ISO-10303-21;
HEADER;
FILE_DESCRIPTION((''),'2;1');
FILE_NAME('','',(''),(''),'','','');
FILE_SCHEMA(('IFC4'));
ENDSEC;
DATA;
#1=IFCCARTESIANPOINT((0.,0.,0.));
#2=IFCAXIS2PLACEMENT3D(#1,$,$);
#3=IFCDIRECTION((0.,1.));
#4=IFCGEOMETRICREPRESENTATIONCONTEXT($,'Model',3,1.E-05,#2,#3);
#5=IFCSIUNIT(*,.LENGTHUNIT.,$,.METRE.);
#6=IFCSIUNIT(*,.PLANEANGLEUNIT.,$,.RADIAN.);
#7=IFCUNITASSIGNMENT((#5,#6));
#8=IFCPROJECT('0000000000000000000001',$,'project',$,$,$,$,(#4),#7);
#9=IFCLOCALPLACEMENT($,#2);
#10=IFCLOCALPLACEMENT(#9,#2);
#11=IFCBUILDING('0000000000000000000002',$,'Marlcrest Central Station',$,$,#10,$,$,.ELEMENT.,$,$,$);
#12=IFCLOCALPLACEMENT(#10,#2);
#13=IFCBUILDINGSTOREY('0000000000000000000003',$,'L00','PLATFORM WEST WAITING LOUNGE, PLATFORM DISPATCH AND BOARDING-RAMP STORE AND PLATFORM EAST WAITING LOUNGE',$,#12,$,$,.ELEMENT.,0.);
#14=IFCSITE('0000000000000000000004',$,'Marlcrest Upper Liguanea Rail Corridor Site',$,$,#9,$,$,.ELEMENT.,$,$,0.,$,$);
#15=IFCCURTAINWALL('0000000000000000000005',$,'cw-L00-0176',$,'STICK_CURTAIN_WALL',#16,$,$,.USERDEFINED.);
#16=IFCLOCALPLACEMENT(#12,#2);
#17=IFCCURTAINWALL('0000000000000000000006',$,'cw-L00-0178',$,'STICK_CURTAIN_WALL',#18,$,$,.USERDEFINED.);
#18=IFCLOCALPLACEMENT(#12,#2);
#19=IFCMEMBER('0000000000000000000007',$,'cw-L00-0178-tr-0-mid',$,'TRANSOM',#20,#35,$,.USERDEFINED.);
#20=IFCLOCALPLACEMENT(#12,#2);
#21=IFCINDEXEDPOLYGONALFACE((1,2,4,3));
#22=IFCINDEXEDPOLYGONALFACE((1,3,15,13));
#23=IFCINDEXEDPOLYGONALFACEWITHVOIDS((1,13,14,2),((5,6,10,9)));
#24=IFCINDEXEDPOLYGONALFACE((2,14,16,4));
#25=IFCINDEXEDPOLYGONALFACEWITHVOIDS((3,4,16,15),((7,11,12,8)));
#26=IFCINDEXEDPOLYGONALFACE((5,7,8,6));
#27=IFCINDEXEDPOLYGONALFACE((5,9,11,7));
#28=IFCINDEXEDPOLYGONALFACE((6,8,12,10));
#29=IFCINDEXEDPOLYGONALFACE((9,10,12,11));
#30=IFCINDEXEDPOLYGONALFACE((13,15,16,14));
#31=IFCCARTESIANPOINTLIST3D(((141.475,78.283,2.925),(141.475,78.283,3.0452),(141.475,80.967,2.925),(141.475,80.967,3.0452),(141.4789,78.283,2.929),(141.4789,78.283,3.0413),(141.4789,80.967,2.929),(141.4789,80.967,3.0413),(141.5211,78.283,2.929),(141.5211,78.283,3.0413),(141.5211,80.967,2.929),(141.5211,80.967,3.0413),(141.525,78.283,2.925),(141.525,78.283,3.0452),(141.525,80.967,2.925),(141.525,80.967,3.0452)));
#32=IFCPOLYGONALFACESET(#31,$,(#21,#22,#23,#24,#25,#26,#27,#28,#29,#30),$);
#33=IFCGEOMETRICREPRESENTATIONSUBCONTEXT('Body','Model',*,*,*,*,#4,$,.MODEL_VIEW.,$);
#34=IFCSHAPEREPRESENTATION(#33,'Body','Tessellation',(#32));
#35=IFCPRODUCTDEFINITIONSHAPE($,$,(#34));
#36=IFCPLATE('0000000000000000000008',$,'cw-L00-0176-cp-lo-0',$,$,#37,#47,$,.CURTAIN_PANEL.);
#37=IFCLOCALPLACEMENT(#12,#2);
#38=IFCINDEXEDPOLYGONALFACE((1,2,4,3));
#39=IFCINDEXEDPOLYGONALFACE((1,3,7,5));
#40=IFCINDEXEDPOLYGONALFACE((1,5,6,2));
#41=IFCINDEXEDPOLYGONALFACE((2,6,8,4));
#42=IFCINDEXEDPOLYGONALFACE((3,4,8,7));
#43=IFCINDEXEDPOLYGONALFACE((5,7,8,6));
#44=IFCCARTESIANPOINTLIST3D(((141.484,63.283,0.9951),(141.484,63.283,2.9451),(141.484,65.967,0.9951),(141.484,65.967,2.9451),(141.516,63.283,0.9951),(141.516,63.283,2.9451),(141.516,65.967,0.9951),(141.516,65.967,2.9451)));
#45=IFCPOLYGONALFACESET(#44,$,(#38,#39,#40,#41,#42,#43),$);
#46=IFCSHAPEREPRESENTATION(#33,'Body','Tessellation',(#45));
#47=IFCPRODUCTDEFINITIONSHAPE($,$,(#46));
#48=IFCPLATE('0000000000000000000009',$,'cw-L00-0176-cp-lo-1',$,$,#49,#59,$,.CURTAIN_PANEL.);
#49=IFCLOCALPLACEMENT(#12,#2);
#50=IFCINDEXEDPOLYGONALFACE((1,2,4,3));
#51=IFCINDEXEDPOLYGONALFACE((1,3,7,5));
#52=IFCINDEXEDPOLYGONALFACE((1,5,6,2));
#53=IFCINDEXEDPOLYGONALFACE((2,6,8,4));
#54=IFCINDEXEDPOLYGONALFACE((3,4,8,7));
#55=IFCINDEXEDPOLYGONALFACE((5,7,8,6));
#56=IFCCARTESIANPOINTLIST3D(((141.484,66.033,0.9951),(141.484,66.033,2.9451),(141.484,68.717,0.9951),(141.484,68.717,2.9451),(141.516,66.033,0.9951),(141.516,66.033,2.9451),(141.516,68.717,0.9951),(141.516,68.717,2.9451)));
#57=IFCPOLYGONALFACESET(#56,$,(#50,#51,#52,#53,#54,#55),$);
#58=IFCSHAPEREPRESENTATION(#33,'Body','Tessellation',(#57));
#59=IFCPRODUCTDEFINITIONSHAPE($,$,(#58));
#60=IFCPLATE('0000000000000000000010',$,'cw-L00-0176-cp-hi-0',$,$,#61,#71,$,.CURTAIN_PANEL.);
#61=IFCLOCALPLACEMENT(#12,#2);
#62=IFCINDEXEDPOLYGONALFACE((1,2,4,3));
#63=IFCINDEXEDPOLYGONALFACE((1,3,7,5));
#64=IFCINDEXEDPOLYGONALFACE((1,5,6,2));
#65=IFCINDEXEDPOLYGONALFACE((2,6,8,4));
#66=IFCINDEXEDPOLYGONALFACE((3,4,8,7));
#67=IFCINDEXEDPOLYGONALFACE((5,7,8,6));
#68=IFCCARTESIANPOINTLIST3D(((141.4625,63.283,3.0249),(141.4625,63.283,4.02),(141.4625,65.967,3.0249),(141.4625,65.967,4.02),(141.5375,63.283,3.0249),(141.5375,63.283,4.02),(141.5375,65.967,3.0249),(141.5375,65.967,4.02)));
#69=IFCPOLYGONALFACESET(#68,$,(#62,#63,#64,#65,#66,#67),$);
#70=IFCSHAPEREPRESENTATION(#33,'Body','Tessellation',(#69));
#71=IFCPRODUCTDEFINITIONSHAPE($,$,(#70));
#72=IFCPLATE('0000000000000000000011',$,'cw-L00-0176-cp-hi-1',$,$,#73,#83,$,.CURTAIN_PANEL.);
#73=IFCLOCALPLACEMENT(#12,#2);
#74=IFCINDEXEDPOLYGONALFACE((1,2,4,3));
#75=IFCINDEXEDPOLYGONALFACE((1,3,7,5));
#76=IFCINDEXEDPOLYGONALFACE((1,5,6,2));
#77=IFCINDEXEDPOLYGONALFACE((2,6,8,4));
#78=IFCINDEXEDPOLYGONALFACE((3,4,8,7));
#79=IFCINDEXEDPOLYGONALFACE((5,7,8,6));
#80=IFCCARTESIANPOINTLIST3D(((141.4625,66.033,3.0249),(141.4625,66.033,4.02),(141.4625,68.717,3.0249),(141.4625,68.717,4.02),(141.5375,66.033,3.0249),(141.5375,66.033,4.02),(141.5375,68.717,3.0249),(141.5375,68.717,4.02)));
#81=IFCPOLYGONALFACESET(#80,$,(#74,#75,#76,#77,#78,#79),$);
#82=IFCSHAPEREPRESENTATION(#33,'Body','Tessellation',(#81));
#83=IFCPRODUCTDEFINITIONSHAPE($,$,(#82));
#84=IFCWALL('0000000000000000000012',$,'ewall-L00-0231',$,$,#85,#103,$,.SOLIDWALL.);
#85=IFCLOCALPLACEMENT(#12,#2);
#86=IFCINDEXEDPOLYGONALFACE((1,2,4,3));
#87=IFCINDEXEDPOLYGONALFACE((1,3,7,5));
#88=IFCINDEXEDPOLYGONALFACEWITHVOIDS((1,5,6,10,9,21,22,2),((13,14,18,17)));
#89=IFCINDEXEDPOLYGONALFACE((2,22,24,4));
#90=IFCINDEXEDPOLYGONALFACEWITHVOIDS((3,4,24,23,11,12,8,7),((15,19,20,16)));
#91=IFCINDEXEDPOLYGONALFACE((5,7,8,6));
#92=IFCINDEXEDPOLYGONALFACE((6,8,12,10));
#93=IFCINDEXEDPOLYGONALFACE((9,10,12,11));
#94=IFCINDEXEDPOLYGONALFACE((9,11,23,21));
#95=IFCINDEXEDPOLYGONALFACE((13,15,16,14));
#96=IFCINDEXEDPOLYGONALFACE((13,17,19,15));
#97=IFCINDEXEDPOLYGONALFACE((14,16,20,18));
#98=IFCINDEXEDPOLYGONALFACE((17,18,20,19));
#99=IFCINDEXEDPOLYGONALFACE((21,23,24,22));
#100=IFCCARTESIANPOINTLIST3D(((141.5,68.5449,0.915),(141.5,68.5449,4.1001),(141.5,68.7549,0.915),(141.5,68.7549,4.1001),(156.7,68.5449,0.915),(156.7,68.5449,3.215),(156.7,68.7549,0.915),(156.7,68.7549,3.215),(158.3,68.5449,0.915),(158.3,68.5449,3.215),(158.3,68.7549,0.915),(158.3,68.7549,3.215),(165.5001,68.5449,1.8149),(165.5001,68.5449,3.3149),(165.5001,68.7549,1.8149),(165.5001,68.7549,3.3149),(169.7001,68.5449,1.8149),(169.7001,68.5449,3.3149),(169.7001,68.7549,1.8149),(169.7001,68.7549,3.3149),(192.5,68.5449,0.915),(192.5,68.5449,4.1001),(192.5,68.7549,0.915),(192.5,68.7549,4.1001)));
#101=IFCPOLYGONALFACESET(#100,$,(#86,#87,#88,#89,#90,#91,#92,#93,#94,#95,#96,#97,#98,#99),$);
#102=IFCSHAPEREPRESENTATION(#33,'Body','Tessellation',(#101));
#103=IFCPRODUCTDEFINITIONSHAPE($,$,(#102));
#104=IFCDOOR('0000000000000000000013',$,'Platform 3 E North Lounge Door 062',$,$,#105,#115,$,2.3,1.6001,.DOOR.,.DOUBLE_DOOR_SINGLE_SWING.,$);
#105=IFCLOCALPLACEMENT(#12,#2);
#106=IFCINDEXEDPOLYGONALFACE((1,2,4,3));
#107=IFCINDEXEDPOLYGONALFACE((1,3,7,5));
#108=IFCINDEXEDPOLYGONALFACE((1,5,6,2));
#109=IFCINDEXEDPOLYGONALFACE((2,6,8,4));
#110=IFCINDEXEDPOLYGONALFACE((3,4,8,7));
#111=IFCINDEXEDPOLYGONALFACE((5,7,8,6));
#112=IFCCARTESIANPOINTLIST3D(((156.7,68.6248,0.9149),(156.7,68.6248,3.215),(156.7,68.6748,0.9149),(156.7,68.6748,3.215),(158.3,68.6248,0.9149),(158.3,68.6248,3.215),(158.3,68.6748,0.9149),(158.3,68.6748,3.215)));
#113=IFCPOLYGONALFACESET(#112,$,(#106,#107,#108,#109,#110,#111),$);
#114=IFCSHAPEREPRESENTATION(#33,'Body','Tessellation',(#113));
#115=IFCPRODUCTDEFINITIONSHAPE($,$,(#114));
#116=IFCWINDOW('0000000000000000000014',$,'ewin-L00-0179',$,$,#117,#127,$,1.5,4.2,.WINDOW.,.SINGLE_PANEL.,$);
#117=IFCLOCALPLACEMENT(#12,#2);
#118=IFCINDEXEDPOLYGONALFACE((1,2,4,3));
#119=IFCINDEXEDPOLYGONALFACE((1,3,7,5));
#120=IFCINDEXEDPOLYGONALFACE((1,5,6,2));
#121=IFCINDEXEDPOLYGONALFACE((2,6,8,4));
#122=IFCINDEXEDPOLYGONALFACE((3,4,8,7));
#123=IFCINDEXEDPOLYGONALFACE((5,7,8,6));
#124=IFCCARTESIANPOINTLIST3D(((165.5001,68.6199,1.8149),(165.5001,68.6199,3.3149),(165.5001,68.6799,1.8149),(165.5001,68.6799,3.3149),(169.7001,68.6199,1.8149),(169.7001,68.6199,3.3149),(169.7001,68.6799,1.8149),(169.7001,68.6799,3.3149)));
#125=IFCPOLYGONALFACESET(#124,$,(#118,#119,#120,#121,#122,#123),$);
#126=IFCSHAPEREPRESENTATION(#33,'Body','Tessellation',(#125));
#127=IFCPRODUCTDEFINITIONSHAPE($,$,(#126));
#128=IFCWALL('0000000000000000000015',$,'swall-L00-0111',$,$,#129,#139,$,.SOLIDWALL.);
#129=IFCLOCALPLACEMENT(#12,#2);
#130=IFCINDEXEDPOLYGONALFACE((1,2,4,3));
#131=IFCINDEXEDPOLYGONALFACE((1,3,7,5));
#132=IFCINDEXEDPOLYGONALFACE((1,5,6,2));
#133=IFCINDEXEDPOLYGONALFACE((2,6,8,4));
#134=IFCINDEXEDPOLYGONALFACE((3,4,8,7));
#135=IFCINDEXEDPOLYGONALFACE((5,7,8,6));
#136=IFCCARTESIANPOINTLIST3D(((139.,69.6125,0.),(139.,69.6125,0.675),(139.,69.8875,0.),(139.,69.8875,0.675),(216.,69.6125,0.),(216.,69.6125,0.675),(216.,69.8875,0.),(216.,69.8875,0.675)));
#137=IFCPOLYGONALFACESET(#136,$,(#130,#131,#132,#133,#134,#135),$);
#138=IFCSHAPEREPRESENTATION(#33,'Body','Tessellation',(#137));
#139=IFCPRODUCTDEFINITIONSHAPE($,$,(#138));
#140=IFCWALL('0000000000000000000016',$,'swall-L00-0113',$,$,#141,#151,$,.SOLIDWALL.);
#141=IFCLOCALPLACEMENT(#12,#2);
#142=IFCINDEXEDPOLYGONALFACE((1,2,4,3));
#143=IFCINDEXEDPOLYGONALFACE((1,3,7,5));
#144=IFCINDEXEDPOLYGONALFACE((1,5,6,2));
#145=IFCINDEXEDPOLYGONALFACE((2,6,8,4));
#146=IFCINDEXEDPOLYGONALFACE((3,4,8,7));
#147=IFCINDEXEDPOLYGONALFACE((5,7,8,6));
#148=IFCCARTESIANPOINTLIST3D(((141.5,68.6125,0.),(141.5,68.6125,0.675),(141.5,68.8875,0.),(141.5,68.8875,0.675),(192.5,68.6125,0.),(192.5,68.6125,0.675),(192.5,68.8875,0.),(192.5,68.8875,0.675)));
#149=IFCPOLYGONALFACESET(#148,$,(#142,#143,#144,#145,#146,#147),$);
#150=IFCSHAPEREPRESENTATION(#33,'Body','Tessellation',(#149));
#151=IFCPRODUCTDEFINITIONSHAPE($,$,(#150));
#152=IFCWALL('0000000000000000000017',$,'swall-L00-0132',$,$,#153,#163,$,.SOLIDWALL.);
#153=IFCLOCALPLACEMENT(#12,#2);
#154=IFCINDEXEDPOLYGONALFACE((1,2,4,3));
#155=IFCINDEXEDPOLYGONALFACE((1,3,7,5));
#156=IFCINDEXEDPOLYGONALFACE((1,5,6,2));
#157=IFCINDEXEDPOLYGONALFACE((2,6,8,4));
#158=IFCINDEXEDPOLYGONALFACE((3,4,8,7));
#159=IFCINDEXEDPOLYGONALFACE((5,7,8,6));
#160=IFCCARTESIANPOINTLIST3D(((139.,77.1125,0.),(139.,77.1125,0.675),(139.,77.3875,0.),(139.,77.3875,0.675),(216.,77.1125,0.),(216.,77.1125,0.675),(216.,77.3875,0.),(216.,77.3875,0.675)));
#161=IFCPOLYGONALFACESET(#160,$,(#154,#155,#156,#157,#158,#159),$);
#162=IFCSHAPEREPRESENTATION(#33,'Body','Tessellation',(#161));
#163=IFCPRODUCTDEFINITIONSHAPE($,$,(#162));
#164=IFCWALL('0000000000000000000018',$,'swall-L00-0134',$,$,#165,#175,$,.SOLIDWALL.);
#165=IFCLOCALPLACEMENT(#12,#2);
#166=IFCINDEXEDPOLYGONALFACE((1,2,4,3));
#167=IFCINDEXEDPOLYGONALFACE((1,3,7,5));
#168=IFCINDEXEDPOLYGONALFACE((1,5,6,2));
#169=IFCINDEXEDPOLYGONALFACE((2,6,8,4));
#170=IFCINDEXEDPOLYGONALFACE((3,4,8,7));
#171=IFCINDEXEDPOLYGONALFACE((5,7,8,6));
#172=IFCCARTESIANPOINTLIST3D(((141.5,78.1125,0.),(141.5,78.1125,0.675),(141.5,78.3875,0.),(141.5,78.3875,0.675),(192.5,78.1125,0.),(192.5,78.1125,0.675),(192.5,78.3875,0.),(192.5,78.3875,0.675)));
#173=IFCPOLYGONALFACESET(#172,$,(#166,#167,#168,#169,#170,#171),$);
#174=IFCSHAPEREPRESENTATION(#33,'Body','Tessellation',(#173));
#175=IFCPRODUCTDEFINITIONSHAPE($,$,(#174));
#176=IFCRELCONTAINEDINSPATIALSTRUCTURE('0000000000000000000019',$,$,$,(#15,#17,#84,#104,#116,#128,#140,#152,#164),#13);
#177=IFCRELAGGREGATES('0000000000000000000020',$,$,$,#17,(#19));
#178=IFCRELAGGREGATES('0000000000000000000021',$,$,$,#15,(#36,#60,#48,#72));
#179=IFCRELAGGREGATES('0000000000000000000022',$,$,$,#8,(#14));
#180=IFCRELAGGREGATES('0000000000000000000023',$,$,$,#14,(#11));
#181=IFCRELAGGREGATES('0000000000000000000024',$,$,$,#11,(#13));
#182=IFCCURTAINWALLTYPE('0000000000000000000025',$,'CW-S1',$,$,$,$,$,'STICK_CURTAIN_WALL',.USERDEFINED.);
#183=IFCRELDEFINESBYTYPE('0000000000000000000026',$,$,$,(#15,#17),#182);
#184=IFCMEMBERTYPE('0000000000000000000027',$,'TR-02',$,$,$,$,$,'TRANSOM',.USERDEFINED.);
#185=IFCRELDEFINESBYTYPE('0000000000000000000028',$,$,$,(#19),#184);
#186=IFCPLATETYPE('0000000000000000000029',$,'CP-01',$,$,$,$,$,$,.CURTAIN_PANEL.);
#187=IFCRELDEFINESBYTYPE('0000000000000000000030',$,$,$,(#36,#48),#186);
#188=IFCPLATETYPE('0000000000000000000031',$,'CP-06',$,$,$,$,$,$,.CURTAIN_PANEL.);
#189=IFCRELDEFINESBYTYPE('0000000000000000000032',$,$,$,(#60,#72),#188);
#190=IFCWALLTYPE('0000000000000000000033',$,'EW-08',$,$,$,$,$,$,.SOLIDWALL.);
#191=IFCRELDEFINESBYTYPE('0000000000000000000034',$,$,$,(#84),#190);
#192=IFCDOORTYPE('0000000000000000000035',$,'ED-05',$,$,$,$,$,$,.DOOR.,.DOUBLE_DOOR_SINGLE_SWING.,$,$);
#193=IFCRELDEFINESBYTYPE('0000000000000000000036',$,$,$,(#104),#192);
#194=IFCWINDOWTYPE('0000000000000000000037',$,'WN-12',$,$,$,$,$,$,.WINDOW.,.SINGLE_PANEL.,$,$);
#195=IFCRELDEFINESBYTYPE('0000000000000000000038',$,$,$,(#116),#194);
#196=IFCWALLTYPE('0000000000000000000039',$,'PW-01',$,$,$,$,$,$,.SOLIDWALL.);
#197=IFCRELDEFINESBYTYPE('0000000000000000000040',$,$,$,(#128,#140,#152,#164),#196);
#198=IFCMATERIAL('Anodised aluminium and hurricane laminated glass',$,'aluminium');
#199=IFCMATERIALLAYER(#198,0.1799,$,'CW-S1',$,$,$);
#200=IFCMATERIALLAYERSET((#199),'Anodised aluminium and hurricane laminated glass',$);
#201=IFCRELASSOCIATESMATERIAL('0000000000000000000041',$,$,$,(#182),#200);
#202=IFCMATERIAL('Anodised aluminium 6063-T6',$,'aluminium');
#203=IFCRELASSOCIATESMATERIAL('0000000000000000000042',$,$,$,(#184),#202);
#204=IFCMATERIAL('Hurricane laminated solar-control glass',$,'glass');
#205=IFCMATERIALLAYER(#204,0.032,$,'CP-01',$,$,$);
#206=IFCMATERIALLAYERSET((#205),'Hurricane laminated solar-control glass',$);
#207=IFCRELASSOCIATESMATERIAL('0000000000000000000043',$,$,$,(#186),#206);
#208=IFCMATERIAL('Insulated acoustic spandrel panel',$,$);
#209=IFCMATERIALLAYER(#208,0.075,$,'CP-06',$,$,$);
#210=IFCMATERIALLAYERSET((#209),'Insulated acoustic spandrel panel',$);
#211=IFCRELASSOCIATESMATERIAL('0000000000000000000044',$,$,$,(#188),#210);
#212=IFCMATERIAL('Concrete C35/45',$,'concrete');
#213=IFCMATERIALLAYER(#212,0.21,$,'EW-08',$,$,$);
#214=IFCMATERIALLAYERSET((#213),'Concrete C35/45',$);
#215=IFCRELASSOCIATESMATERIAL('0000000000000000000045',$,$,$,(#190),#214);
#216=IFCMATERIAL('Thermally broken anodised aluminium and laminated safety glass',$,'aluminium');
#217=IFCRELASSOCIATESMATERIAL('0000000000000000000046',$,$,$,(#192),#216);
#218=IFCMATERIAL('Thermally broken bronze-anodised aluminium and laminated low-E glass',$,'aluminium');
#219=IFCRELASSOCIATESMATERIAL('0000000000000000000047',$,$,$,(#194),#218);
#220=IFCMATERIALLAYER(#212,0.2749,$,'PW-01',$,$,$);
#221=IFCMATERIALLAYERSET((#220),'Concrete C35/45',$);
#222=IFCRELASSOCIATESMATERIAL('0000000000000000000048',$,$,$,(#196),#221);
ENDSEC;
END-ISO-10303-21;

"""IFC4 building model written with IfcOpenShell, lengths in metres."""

from ifc_helpers import new_model, si_unit, direction, frame, frame_2d, origin, origin_2d, place, context, subcontext, project, spatial, rectangle, hollow_rectangle, extrude, material, layer, layer_set, material_profile, profile_set, type_object, element, fill, aggregate, save


model = new_model("IFC4")

# Units and contexts
model_context = context("Model", 3, precision=1e-05, world=origin(), true_north=direction((0.0, 1.0)))
body_context = subcontext(model_context, "Body", "Model", "MODEL_VIEW")
ifc_project = project(units=[si_unit("LENGTHUNIT", "METRE"), si_unit("PLANEANGLEUNIT", "RADIAN")], contexts=[model_context])

# Site, building, storey
site_placement = place(None, origin())
site = spatial("IfcSite", under=ifc_project, at=site_placement, Name="Marlcrest Upper Liguanea Rail Corridor Site", CompositionType="ELEMENT", RefElevation=0.0)
building_placement = place(site_placement, origin())
building = spatial("IfcBuilding", under=site, at=building_placement, Name="Marlcrest Central Station", CompositionType="ELEMENT")
storey_placement = place(building_placement, origin())
storey = spatial("IfcBuildingStorey", under=building, at=storey_placement, Name="L00", Description="PLATFORM WEST WAITING LOUNGE, PLATFORM DISPATCH AND BOARDING-RAMP STORE AND PLATFORM EAST WAITING LOUNGE", CompositionType="ELEMENT", Elevation=0.0)

# Shared definitions
ifc_material_1 = material(Name="Concrete C35/45", Category="concrete")

# Curtain wall
ifc_material_2 = material(Name="Anodised aluminium and hurricane laminated glass", Category="aluminium")
ifc_layer_1 = layer(ifc_material_2, 0.1799, Name="CW-S1")
ifc_layer_set_1 = layer_set([ifc_layer_1], Name="Anodised aluminium and hurricane laminated glass")
curtain_wall_type = type_object("IfcCurtainWallType", Name="CW-S1", ElementType="STICK_CURTAIN_WALL", PredefinedType="USERDEFINED", material=ifc_layer_set_1)
curtain_wall_1_placement = place(storey_placement, origin())
curtain_wall_1 = element("IfcCurtainWall", 1, at=curtain_wall_1_placement, inside=storey, type_object=curtain_wall_type, Name="cw-L00-0176", ObjectType="STICK_CURTAIN_WALL", PredefinedType="USERDEFINED")
ifc_material_3 = material(Name="Anodised aluminium 6063-T6", Category="aluminium")

# Curtain wall
curtain_wall_2_placement = place(storey_placement, origin())
curtain_wall_2 = element("IfcCurtainWall", 2, at=curtain_wall_2_placement, inside=storey, type_object=curtain_wall_type, Name="cw-L00-0178", ObjectType="STICK_CURTAIN_WALL", PredefinedType="USERDEFINED")

# Member
ifc_material_profile_1 = material_profile(ifc_material_3, hollow_rectangle(XDim=0.05, YDim=0.1201, WallThickness=0.0039, at=origin_2d()), Name="AA-RHS 120x50x4")
ifc_profile_set_1 = profile_set([ifc_material_profile_1], Name="Anodised aluminium 6063-T6")
member_type_1 = type_object("IfcMemberType", Name="TR-02", ElementType="TRANSOM", PredefinedType="USERDEFINED", material=ifc_profile_set_1)
member_1_placement = place(storey_placement, frame((141.5, 78.283, 2.9851), z_axis=(0.0, 1.0, 0.0), x_axis=(-1.0, 0.0, 0.0)))
member_1 = element("IfcMember", 3, at=member_1_placement, type_object=member_type_1, Name="cw-L00-0178-tr-0-mid", ObjectType="TRANSOM", PredefinedType="USERDEFINED", context=body_context, shape_type="SweptSolid", body=[
    extrude(hollow_rectangle(XDim=0.05, YDim=0.1201, WallThickness=0.0039, at=origin_2d()), origin(), (0.0, 0.0, 1.0), 2.6841),
])
aggregate(curtain_wall_2, [member_1])

# Plates
ifc_material_4 = material(Name="Hurricane laminated solar-control glass", Category="glass")
ifc_layer_2 = layer(ifc_material_4, 0.032, Name="CP-01")
ifc_layer_set_2 = layer_set([ifc_layer_2], Name="Hurricane laminated solar-control glass")
plate_type_1 = type_object("IfcPlateType", Name="CP-01", PredefinedType="CURTAIN_PANEL", material=ifc_layer_set_2)
plate_1_placement = place(storey_placement, frame((141.5, 64.625, 0.9951), z_axis=(0.0, 0.0, 1.0), x_axis=(0.0, 1.0, 0.0)))
plate_1 = element("IfcPlate", 4, at=plate_1_placement, type_object=plate_type_1, Name="cw-L00-0176-cp-lo-0", PredefinedType="CURTAIN_PANEL", context=body_context, shape_type="SweptSolid", body=[
    extrude(rectangle(XDim=2.6841, YDim=0.032, at=origin_2d()), origin(), (0.0, 0.0, 1.0), 1.95),
])
plate_2_placement = place(storey_placement, frame((141.5, 67.375, 0.9951), z_axis=(0.0, 0.0, 1.0), x_axis=(0.0, 1.0, 0.0)))
plate_2 = element("IfcPlate", 5, at=plate_2_placement, type_object=plate_type_1, Name="cw-L00-0176-cp-lo-1", PredefinedType="CURTAIN_PANEL", context=body_context, shape_type="SweptSolid", body=[
    extrude(rectangle(XDim=2.6841, YDim=0.032, at=origin_2d()), origin(), (0.0, 0.0, 1.0), 1.95),
])
ifc_material_5 = material(Name="Insulated acoustic spandrel panel")
ifc_layer_3 = layer(ifc_material_5, 0.075, Name="CP-06")
ifc_layer_set_3 = layer_set([ifc_layer_3], Name="Insulated acoustic spandrel panel")
plate_type_2 = type_object("IfcPlateType", Name="CP-06", PredefinedType="CURTAIN_PANEL", material=ifc_layer_set_3)
plate_3_placement = place(storey_placement, frame((141.5, 64.625, 3.0249), z_axis=(0.0, 0.0, 1.0), x_axis=(0.0, 1.0, 0.0)))
plate_3 = element("IfcPlate", 6, at=plate_3_placement, type_object=plate_type_2, Name="cw-L00-0176-cp-hi-0", PredefinedType="CURTAIN_PANEL", context=body_context, shape_type="SweptSolid", body=[
    extrude(rectangle(XDim=2.6841, YDim=0.075, at=origin_2d()), origin(), (0.0, 0.0, 1.0), 0.9951),
])
plate_4_placement = place(storey_placement, frame((141.5, 67.375, 3.0249), z_axis=(0.0, 0.0, 1.0), x_axis=(0.0, 1.0, 0.0)))
plate_4 = element("IfcPlate", 7, at=plate_4_placement, type_object=plate_type_2, Name="cw-L00-0176-cp-hi-1", PredefinedType="CURTAIN_PANEL", context=body_context, shape_type="SweptSolid", body=[
    extrude(rectangle(XDim=2.6841, YDim=0.075, at=origin_2d()), origin(), (0.0, 0.0, 1.0), 0.9951),
])
aggregate(curtain_wall_1, [plate_1, plate_3, plate_2, plate_4])

# Wall, openings, door, window
ifc_layer_4 = layer(ifc_material_1, 0.21, Name="EW-08")
ifc_layer_set_4 = layer_set([ifc_layer_4], Name="Concrete C35/45")
wall_type_1 = type_object("IfcWallType", Name="EW-08", PredefinedType="SOLIDWALL", material=ifc_layer_set_4)
wall_1_placement = place(storey_placement, frame((141.5, 68.6499, 0.915), z_axis=(0.0, 0.0, 1.0), x_axis=(1.0, 0.0, 0.0)))
wall_1 = element("IfcWall", 8, at=wall_1_placement, inside=storey, type_object=wall_type_1, Name="ewall-L00-0231", PredefinedType="SOLIDWALL", context=body_context, shape_type="SweptSolid", body=[
    extrude(rectangle(XDim=51.0, YDim=0.21, at=frame_2d((25.5, 0.0))), origin(), (0.0, 0.0, 1.0), 3.1851),
])
opening_1_placement = place(wall_1_placement, frame((15.2, 0.0, 0.0)))
opening_1 = element("IfcOpeningElement", 9, at=opening_1_placement, cuts=wall_1, PredefinedType="OPENING", context=body_context, shape_type="SweptSolid", body=[
    extrude(rectangle(XDim=1.6001, YDim=2.3, at=frame_2d((0.8, 1.1499))), frame((0.0, 0.115, 0.0), z_axis=(0.0, -1.0, 0.0), x_axis=(1.0, 0.0, 0.0)), (0.0, 0.0, 1.0), 0.23),
])
opening_2_placement = place(wall_1_placement, frame((24.0, 0.0, 0.8999)))
opening_2 = element("IfcOpeningElement", 10, at=opening_2_placement, cuts=wall_1, PredefinedType="OPENING", context=body_context, shape_type="SweptSolid", body=[
    extrude(rectangle(XDim=4.2, YDim=1.5, at=frame_2d((2.1001, 0.75))), frame((0.0, 0.115, 0.0), z_axis=(0.0, -1.0, 0.0), x_axis=(1.0, 0.0, 0.0)), (0.0, 0.0, 1.0), 0.23),
])
ifc_material_6 = material(Name="Thermally broken anodised aluminium and laminated safety glass", Category="aluminium")
door_type = type_object("IfcDoorType", Name="ED-05", OperationType="DOUBLE_DOOR_SINGLE_SWING", PredefinedType="DOOR", material=ifc_material_6)
door_placement = place(opening_1_placement, origin())
door = element("IfcDoor", 11, at=door_placement, inside=storey, type_object=door_type, Name="Platform 3 E North Lounge Door 062", OperationType="DOUBLE_DOOR_SINGLE_SWING", OverallHeight=2.3, OverallWidth=1.6001, PredefinedType="DOOR", context=body_context, shape_type="SweptSolid", body=[
    extrude(rectangle(XDim=1.6001, YDim=2.3, at=frame_2d((0.8, 1.1499))), frame((0.0, 0.0249, 0.0), z_axis=(0.0, -1.0, 0.0), x_axis=(1.0, 0.0, 0.0)), (0.0, 0.0, 1.0), 0.05),
])
fill(opening_1, door)
ifc_material_7 = material(Name="Thermally broken bronze-anodised aluminium and laminated low-E glass", Category="aluminium")
window_type = type_object("IfcWindowType", Name="WN-12", PartitioningType="SINGLE_PANEL", PredefinedType="WINDOW", material=ifc_material_7)
window_placement = place(opening_2_placement, origin())
window = element("IfcWindow", 12, at=window_placement, inside=storey, type_object=window_type, Name="ewin-L00-0179", OverallHeight=1.5, OverallWidth=4.2, PartitioningType="SINGLE_PANEL", PredefinedType="WINDOW", context=body_context, shape_type="SweptSolid", body=[
    extrude(rectangle(XDim=4.2, YDim=1.5, at=frame_2d((2.1001, 0.75))), frame((0.0, 0.03, 0.0), z_axis=(0.0, -1.0, 0.0), x_axis=(1.0, 0.0, 0.0)), (0.0, 0.0, 1.0), 0.0601),
])
fill(opening_2, window)

# Walls
ifc_layer_5 = layer(ifc_material_1, 0.2749, Name="PW-01")
ifc_layer_set_5 = layer_set([ifc_layer_5], Name="Concrete C35/45")
wall_type_2 = type_object("IfcWallType", Name="PW-01", PredefinedType="SOLIDWALL", material=ifc_layer_set_5)
wall_2_placement = place(storey_placement, frame((139.0, 69.75, 0.0), z_axis=(0.0, 0.0, 1.0), x_axis=(1.0, 0.0, 0.0)))
element("IfcWall", 13, at=wall_2_placement, inside=storey, type_object=wall_type_2, Name="swall-L00-0111", PredefinedType="SOLIDWALL", context=body_context, shape_type="SweptSolid", body=[
    extrude(rectangle(XDim=77.0, YDim=0.2749, at=frame_2d((38.5, 0.0))), origin(), (0.0, 0.0, 1.0), 0.675),
])
wall_3_placement = place(storey_placement, frame((141.5, 68.75, 0.0), z_axis=(0.0, 0.0, 1.0), x_axis=(1.0, 0.0, 0.0)))
element("IfcWall", 14, at=wall_3_placement, inside=storey, type_object=wall_type_2, Name="swall-L00-0113", PredefinedType="SOLIDWALL", context=body_context, shape_type="SweptSolid", body=[
    extrude(rectangle(XDim=51.0, YDim=0.2749, at=frame_2d((25.5, 0.0))), origin(), (0.0, 0.0, 1.0), 0.675),
])
wall_4_placement = place(storey_placement, frame((139.0, 77.25, 0.0), z_axis=(0.0, 0.0, 1.0), x_axis=(1.0, 0.0, 0.0)))
element("IfcWall", 15, at=wall_4_placement, inside=storey, type_object=wall_type_2, Name="swall-L00-0132", PredefinedType="SOLIDWALL", context=body_context, shape_type="SweptSolid", body=[
    extrude(rectangle(XDim=77.0, YDim=0.2749, at=frame_2d((38.5, 0.0))), origin(), (0.0, 0.0, 1.0), 0.675),
])
wall_5_placement = place(storey_placement, frame((141.5, 78.25, 0.0), z_axis=(0.0, 0.0, 1.0), x_axis=(1.0, 0.0, 0.0)))
element("IfcWall", 16, at=wall_5_placement, inside=storey, type_object=wall_type_2, Name="swall-L00-0134", PredefinedType="SOLIDWALL", context=body_context, shape_type="SweptSolid", body=[
    extrude(rectangle(XDim=51.0, YDim=0.2749, at=frame_2d((25.5, 0.0))), origin(), (0.0, 0.0, 1.0), 0.675),
])

save(model, "model.ifc")
